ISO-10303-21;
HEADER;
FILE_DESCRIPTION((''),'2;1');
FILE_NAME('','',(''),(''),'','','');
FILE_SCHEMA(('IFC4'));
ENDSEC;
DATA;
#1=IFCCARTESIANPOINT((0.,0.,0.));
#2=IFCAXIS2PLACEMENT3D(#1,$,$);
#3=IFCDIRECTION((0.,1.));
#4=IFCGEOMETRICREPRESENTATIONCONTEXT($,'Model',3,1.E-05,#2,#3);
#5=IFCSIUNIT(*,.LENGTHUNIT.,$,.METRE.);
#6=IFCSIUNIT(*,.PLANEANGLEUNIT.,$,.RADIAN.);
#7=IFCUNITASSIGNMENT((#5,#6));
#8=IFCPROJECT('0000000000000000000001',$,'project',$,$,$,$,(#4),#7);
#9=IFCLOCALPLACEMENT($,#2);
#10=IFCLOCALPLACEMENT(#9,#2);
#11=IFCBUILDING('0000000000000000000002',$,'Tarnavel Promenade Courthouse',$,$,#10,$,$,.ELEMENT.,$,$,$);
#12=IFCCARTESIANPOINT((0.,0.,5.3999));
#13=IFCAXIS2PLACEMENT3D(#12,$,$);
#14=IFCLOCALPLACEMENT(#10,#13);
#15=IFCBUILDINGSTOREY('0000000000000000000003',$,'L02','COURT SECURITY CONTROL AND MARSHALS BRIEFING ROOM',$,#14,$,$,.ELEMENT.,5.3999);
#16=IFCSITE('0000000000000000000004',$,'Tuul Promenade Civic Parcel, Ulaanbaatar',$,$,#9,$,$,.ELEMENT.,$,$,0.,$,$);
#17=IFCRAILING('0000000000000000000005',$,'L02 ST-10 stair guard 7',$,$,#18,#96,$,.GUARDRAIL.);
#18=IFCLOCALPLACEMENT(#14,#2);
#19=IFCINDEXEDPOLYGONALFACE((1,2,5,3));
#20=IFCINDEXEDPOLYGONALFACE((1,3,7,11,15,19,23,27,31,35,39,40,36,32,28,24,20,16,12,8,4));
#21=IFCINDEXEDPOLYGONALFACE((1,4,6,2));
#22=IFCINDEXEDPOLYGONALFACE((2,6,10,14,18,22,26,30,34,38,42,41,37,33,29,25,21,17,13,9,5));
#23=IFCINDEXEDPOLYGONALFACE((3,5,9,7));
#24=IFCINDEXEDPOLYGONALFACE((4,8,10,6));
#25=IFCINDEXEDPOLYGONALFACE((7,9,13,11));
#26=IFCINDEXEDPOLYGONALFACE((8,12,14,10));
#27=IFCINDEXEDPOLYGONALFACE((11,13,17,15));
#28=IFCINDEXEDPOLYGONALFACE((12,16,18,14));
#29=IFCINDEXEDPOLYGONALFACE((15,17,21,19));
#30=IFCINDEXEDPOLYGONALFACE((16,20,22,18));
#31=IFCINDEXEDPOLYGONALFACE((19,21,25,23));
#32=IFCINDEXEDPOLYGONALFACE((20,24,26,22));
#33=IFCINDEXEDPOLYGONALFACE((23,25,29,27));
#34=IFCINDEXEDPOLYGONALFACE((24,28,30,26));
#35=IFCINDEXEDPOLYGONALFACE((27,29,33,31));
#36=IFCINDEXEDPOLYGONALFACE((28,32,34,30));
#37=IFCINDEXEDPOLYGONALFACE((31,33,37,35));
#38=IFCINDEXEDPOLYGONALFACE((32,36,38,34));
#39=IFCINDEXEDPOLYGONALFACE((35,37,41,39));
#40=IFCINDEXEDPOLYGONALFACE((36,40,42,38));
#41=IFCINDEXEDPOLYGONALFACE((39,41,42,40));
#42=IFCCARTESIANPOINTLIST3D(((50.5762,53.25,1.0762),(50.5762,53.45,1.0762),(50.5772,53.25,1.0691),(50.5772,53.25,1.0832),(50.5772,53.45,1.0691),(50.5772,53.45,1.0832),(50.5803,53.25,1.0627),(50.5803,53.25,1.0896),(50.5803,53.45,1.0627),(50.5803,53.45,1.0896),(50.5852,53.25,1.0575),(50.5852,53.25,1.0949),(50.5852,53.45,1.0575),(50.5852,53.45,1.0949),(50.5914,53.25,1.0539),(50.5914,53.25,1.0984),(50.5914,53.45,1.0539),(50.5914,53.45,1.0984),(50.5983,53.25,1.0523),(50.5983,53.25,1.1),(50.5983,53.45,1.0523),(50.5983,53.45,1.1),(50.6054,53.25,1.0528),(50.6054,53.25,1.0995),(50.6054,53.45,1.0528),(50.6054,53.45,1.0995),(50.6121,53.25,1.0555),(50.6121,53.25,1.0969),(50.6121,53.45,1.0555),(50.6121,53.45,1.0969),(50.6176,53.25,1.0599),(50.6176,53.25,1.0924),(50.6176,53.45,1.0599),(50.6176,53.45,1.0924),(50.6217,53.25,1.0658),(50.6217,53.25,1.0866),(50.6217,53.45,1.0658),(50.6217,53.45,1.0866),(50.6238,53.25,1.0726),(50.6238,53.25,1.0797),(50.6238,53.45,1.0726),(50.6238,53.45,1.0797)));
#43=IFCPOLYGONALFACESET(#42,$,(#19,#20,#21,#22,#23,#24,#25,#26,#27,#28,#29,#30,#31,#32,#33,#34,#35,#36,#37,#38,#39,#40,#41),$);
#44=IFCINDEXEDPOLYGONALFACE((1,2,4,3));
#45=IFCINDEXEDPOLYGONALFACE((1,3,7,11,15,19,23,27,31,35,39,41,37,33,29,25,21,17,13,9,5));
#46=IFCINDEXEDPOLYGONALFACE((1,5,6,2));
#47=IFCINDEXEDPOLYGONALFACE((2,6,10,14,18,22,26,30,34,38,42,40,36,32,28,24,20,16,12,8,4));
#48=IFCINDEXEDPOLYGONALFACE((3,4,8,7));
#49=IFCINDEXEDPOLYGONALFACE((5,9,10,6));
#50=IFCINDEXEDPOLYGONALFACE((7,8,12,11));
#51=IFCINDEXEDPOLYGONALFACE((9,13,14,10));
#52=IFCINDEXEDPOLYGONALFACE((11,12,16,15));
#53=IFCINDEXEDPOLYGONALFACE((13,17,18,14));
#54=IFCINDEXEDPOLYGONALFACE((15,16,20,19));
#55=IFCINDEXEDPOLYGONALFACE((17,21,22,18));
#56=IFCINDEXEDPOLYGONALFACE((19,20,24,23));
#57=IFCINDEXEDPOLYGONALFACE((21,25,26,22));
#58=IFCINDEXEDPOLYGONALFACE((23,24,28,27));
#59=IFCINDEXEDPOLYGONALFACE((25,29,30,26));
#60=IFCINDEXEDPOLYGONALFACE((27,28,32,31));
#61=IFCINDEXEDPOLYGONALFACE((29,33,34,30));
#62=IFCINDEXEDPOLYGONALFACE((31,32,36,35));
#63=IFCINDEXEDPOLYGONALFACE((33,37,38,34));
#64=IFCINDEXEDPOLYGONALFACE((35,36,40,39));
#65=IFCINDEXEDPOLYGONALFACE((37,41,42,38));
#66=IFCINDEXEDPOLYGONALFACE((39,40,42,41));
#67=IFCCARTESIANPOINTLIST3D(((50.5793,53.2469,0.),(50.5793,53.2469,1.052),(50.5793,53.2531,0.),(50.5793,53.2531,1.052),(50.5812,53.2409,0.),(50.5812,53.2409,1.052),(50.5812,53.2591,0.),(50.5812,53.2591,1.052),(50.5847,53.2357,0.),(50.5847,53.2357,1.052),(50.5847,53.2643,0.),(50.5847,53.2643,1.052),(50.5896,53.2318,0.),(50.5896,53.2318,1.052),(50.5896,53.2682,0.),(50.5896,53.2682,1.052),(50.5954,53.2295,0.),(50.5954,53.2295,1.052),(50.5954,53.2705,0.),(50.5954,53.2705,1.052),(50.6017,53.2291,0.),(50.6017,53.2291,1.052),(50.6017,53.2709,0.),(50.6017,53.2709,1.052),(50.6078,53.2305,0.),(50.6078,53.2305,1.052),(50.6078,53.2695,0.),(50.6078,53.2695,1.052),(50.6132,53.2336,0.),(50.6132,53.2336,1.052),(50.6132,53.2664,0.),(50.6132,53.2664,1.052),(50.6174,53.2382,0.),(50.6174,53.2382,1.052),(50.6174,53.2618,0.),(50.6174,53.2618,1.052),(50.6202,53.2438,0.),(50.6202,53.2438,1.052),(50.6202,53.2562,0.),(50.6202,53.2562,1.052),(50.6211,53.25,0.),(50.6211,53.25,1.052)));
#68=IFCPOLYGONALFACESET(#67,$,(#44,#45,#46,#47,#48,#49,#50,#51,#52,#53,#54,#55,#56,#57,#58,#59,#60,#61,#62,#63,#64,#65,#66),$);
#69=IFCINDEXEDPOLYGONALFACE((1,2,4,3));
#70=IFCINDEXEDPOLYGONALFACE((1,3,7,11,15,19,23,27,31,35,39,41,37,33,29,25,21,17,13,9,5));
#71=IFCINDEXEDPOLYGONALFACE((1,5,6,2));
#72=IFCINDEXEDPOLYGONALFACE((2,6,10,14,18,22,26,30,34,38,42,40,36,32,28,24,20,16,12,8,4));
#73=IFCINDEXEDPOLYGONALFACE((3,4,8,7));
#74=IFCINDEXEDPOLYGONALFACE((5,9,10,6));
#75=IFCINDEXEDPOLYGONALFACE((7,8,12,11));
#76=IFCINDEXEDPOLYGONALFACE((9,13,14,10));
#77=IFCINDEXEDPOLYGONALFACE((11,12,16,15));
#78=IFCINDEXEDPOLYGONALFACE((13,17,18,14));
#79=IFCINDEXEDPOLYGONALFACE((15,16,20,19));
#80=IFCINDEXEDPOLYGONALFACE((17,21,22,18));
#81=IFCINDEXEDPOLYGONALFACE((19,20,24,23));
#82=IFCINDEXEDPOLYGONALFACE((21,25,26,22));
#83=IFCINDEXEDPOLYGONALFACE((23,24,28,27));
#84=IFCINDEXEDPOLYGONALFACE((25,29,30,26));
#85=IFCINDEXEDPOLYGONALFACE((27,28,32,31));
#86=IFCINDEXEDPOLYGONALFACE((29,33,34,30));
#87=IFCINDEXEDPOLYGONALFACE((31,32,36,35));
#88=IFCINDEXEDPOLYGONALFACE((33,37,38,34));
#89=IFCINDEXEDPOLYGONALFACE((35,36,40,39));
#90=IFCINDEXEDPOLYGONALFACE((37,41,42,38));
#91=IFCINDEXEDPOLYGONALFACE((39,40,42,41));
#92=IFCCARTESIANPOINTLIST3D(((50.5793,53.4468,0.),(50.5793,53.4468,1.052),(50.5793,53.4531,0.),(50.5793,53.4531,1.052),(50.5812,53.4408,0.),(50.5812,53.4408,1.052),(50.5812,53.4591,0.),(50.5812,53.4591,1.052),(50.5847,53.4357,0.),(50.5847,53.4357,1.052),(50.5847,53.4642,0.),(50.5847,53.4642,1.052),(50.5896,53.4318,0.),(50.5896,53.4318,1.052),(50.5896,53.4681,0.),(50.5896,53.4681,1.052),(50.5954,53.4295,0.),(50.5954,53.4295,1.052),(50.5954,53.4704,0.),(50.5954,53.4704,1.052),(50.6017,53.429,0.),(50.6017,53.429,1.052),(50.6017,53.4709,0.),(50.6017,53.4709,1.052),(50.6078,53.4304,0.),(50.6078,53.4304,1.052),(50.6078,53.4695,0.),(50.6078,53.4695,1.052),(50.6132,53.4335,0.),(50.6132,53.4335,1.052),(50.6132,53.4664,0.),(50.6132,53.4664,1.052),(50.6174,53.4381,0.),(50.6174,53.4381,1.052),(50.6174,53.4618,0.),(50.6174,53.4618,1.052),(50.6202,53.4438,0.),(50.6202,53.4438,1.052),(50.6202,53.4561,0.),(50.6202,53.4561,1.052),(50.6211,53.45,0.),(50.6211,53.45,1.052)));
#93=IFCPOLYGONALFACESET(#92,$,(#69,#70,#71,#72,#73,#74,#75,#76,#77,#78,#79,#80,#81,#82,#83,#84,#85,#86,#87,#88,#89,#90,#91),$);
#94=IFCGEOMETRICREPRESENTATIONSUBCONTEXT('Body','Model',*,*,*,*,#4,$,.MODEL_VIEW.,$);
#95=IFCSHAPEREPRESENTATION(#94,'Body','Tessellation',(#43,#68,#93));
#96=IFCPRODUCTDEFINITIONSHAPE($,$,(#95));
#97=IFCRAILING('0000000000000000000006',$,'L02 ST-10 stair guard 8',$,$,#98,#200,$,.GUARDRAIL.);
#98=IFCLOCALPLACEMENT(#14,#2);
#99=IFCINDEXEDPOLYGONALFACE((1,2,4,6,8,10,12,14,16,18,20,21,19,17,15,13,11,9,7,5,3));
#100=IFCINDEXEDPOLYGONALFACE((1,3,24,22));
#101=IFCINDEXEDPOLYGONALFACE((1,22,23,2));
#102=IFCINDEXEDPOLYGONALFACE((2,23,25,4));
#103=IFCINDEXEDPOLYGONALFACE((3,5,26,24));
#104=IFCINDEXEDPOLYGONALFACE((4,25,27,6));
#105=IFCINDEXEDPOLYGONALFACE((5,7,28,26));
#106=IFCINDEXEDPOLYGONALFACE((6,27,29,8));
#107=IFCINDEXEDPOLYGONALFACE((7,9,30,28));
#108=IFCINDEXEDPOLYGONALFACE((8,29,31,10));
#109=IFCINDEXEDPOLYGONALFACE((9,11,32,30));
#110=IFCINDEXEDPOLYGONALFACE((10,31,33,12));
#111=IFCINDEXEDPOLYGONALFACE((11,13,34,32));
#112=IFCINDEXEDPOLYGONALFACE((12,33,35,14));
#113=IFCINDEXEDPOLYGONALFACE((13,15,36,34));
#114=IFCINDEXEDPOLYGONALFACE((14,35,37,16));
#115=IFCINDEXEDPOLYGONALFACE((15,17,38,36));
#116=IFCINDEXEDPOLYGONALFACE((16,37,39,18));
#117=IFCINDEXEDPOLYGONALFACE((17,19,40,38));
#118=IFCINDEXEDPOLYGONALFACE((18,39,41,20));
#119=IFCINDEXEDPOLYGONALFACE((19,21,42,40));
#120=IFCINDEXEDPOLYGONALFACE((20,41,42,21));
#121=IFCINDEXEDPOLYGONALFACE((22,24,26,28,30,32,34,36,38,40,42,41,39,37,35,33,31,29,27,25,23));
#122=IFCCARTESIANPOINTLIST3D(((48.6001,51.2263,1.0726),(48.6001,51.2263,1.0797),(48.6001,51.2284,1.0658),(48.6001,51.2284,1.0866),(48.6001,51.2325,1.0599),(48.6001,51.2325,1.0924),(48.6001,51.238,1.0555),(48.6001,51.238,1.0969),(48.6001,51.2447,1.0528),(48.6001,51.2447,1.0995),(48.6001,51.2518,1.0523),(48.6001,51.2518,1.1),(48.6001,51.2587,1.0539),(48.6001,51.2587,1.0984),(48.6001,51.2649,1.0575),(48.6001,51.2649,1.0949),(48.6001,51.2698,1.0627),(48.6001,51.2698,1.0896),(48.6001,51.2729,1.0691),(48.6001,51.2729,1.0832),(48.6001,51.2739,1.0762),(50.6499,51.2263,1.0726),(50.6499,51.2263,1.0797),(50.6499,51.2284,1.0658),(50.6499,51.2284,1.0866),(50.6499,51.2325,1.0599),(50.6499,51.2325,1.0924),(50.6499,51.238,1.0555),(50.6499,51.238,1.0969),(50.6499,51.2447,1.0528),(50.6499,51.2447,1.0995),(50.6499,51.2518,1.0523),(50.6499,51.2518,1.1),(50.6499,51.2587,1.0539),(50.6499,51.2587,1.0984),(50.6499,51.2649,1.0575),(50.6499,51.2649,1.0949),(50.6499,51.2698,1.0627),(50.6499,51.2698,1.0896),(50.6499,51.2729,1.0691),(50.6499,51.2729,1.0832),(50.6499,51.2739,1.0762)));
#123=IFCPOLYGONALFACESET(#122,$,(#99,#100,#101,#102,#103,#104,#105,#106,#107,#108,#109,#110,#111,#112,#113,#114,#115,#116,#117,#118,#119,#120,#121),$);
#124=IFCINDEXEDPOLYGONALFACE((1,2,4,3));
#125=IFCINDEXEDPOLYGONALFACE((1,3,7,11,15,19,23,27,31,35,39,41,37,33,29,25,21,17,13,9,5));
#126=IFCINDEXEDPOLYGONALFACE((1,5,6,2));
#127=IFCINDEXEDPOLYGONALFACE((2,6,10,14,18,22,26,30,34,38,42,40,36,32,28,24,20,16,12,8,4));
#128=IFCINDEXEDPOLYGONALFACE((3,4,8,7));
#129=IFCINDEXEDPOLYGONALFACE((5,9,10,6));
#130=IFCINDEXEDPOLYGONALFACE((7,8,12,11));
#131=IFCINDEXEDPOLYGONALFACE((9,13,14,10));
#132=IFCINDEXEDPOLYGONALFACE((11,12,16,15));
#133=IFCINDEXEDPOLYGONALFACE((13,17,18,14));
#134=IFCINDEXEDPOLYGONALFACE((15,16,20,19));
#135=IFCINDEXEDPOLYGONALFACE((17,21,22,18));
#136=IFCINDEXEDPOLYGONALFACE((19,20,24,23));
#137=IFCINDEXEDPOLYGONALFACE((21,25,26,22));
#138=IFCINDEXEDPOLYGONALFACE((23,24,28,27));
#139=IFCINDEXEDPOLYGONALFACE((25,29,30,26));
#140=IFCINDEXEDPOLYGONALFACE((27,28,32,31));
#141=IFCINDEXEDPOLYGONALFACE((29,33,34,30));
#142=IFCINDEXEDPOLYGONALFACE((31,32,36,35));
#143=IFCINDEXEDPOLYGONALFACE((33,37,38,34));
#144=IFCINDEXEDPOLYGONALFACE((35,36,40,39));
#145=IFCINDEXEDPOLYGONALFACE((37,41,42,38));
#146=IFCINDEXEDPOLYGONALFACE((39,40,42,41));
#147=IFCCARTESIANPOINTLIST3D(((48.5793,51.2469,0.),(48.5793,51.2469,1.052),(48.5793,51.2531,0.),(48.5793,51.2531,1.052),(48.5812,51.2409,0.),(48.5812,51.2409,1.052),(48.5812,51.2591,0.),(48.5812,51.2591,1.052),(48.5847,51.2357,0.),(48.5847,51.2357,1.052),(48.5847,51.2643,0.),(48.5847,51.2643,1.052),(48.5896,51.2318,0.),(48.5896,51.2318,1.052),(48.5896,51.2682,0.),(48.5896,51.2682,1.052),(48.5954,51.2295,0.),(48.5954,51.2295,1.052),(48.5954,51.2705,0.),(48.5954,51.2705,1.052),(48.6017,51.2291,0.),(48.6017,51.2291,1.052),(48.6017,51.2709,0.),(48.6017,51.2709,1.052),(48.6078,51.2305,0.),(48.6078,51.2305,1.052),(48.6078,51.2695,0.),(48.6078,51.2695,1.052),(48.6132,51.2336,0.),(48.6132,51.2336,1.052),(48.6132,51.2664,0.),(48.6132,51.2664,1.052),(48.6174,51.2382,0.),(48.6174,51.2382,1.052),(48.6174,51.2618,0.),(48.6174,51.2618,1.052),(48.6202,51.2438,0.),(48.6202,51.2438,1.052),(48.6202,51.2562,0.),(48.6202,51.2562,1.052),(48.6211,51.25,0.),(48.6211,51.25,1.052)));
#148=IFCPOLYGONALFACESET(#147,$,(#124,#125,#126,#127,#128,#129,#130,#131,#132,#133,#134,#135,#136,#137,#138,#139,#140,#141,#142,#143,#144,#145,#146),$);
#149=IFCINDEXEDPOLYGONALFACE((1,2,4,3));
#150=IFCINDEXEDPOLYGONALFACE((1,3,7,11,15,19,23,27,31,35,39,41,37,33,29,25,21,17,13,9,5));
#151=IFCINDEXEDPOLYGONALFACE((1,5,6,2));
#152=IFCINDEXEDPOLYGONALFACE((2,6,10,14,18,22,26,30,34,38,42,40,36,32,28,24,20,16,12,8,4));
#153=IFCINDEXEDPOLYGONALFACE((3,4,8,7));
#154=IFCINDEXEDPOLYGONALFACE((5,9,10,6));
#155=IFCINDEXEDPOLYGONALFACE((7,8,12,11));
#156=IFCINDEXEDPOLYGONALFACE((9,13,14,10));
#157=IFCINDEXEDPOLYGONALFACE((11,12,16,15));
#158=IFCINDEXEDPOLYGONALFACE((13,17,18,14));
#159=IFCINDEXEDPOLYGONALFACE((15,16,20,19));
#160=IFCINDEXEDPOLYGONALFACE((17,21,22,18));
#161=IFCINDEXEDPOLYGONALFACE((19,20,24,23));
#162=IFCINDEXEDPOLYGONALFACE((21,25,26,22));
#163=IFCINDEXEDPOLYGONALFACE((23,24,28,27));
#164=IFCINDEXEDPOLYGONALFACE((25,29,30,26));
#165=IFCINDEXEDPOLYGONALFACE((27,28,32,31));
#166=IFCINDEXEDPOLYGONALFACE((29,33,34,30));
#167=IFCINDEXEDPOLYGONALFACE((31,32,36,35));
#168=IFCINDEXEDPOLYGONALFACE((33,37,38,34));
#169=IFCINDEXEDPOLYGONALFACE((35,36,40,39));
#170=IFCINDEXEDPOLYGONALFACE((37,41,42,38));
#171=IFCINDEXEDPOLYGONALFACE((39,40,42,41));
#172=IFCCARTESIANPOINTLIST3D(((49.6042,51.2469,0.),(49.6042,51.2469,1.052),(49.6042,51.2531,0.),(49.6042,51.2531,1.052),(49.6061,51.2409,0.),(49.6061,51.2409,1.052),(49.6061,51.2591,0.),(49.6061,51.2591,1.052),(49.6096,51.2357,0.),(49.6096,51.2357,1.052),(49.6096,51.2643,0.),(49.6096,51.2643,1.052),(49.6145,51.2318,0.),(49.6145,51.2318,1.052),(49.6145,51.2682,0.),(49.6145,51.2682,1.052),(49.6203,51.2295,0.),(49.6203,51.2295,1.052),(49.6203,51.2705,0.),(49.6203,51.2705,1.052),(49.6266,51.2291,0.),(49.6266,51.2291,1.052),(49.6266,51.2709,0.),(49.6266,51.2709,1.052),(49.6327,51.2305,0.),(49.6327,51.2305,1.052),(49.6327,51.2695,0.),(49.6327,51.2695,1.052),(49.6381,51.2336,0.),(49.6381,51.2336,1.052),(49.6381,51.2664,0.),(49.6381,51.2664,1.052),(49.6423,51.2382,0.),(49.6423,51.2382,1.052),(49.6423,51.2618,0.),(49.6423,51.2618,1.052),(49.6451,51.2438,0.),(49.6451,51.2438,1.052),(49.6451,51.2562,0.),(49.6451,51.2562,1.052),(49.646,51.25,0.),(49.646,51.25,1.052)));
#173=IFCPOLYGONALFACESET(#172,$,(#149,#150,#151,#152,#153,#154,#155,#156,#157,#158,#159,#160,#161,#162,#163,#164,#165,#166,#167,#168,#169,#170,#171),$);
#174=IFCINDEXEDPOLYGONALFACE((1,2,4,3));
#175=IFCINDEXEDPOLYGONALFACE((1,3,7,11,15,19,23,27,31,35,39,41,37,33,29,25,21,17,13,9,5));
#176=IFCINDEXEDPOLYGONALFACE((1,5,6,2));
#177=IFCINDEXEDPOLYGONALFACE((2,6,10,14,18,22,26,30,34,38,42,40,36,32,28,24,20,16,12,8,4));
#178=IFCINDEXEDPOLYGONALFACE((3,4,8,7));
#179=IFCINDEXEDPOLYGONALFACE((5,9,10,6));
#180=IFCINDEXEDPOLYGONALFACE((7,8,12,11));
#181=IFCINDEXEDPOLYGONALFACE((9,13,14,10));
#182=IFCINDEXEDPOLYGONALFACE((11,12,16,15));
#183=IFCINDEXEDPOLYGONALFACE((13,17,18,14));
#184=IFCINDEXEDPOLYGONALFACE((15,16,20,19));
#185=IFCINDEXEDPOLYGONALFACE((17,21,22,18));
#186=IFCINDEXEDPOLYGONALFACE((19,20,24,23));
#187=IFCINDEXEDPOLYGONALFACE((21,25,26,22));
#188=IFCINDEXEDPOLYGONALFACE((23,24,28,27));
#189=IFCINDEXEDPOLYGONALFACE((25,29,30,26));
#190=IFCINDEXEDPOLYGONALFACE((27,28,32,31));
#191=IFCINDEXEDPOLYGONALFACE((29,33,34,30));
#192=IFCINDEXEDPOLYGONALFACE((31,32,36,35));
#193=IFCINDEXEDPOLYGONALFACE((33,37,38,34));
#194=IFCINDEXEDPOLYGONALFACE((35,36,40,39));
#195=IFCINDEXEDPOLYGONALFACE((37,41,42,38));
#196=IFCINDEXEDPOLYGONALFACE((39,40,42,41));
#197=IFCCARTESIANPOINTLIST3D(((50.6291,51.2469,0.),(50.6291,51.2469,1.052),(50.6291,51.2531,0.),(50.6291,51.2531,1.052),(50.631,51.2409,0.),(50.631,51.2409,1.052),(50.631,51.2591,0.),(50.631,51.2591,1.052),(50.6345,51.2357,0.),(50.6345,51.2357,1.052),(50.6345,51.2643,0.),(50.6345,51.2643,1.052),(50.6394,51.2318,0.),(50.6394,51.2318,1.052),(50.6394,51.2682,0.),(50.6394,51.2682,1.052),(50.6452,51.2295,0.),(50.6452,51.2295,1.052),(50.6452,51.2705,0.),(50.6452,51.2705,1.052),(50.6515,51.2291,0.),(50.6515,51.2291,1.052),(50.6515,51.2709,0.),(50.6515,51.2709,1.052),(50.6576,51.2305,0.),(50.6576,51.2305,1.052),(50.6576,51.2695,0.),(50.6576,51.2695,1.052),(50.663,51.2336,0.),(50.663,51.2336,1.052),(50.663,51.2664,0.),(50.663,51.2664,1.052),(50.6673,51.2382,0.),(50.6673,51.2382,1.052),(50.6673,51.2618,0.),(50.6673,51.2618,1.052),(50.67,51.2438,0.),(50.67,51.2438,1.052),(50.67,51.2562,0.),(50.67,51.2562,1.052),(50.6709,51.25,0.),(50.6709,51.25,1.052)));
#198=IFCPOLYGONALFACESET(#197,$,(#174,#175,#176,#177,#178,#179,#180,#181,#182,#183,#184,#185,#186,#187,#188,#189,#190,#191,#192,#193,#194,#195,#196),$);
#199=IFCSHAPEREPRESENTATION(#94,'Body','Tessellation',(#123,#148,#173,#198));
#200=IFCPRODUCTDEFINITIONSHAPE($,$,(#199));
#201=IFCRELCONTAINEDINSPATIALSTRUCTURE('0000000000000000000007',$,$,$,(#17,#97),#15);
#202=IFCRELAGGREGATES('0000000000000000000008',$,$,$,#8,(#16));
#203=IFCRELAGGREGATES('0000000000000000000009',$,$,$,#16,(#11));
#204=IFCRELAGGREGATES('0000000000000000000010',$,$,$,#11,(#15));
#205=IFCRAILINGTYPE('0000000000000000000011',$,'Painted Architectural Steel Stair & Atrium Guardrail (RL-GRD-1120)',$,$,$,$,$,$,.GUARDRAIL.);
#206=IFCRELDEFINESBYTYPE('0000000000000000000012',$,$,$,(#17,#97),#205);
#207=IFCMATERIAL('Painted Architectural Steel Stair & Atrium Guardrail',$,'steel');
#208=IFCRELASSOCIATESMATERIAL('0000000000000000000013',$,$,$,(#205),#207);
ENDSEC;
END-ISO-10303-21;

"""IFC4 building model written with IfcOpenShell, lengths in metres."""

from ifc_helpers import new_model, si_unit, direction, frame, origin, origin_2d, place, context, subcontext, project, spatial, circle, extrude, material, type_object, element, save


model = new_model("IFC4")

# Units and contexts
model_context = context("Model", 3, precision=1e-05, world=origin(), true_north=direction((0.0, 1.0)))
body_context = subcontext(model_context, "Body", "Model", "MODEL_VIEW")
ifc_project = project(units=[si_unit("LENGTHUNIT", "METRE"), si_unit("PLANEANGLEUNIT", "RADIAN")], contexts=[model_context])

# Site, building, storey
site_placement = place(None, origin())
site = spatial("IfcSite", under=ifc_project, at=site_placement, Name="Tuul Promenade Civic Parcel, Ulaanbaatar", CompositionType="ELEMENT", RefElevation=0.0)
building_placement = place(site_placement, origin())
building = spatial("IfcBuilding", under=site, at=building_placement, Name="Tarnavel Promenade Courthouse", CompositionType="ELEMENT")
storey_placement = place(building_placement, frame((0.0, 0.0, 5.3999)))
storey = spatial("IfcBuildingStorey", under=building, at=storey_placement, Name="L02", Description="COURT SECURITY CONTROL AND MARSHALS BRIEFING ROOM", CompositionType="ELEMENT", Elevation=5.3999)

# Railings
ifc_material_1 = material(Name="Painted Architectural Steel Stair & Atrium Guardrail", Category="steel")
railing_type_1 = type_object("IfcRailingType", Name="Painted Architectural Steel Stair & Atrium Guardrail (RL-GRD-1120)", PredefinedType="GUARDRAIL", material=ifc_material_1)
railing_1_placement = place(storey_placement, frame((50.6001, 53.25, 0.0)))
element("IfcRailing", 1, at=railing_1_placement, inside=storey, type_object=railing_type_1, Name="L02 ST-10 stair guard 7", PredefinedType="GUARDRAIL", context=body_context, shape_type="SweptSolid", body=[
    extrude(circle(Radius=0.0239, at=origin_2d()), frame((0.0, 0.0, 1.0762), z_axis=(0.0, 1.0, 0.0), x_axis=(-1.0, 0.0, 0.0)), (0.0, 0.0, 1.0), 0.2),
    extrude(circle(Radius=0.021, at=origin_2d()), origin(), (0.0, 0.0, 1.0), 1.052),
    extrude(circle(Radius=0.021, at=origin_2d()), frame((0.0, 0.2, 0.0)), (0.0, 0.0, 1.0), 1.052),
])
railing_2_placement = place(storey_placement, frame((48.6001, 51.25, 0.0)))
element("IfcRailing", 2, at=railing_2_placement, inside=storey, type_object=railing_type_1, Name="L02 ST-10 stair guard 8", PredefinedType="GUARDRAIL", context=body_context, shape_type="SweptSolid", body=[
    extrude(circle(Radius=0.0239, at=origin_2d()), frame((0.0, 0.0, 1.0762), z_axis=(1.0, 0.0, 0.0), x_axis=(0.0, 1.0, 0.0)), (0.0, 0.0, 1.0), 2.0498),
    extrude(circle(Radius=0.021, at=origin_2d()), origin(), (0.0, 0.0, 1.0), 1.052),
    extrude(circle(Radius=0.021, at=origin_2d()), frame((1.0249, 0.0, 0.0)), (0.0, 0.0, 1.0), 1.052),
    extrude(circle(Radius=0.021, at=origin_2d()), frame((2.0498, 0.0, 0.0)), (0.0, 0.0, 1.0), 1.052),
])

save(model, "model.ifc")
